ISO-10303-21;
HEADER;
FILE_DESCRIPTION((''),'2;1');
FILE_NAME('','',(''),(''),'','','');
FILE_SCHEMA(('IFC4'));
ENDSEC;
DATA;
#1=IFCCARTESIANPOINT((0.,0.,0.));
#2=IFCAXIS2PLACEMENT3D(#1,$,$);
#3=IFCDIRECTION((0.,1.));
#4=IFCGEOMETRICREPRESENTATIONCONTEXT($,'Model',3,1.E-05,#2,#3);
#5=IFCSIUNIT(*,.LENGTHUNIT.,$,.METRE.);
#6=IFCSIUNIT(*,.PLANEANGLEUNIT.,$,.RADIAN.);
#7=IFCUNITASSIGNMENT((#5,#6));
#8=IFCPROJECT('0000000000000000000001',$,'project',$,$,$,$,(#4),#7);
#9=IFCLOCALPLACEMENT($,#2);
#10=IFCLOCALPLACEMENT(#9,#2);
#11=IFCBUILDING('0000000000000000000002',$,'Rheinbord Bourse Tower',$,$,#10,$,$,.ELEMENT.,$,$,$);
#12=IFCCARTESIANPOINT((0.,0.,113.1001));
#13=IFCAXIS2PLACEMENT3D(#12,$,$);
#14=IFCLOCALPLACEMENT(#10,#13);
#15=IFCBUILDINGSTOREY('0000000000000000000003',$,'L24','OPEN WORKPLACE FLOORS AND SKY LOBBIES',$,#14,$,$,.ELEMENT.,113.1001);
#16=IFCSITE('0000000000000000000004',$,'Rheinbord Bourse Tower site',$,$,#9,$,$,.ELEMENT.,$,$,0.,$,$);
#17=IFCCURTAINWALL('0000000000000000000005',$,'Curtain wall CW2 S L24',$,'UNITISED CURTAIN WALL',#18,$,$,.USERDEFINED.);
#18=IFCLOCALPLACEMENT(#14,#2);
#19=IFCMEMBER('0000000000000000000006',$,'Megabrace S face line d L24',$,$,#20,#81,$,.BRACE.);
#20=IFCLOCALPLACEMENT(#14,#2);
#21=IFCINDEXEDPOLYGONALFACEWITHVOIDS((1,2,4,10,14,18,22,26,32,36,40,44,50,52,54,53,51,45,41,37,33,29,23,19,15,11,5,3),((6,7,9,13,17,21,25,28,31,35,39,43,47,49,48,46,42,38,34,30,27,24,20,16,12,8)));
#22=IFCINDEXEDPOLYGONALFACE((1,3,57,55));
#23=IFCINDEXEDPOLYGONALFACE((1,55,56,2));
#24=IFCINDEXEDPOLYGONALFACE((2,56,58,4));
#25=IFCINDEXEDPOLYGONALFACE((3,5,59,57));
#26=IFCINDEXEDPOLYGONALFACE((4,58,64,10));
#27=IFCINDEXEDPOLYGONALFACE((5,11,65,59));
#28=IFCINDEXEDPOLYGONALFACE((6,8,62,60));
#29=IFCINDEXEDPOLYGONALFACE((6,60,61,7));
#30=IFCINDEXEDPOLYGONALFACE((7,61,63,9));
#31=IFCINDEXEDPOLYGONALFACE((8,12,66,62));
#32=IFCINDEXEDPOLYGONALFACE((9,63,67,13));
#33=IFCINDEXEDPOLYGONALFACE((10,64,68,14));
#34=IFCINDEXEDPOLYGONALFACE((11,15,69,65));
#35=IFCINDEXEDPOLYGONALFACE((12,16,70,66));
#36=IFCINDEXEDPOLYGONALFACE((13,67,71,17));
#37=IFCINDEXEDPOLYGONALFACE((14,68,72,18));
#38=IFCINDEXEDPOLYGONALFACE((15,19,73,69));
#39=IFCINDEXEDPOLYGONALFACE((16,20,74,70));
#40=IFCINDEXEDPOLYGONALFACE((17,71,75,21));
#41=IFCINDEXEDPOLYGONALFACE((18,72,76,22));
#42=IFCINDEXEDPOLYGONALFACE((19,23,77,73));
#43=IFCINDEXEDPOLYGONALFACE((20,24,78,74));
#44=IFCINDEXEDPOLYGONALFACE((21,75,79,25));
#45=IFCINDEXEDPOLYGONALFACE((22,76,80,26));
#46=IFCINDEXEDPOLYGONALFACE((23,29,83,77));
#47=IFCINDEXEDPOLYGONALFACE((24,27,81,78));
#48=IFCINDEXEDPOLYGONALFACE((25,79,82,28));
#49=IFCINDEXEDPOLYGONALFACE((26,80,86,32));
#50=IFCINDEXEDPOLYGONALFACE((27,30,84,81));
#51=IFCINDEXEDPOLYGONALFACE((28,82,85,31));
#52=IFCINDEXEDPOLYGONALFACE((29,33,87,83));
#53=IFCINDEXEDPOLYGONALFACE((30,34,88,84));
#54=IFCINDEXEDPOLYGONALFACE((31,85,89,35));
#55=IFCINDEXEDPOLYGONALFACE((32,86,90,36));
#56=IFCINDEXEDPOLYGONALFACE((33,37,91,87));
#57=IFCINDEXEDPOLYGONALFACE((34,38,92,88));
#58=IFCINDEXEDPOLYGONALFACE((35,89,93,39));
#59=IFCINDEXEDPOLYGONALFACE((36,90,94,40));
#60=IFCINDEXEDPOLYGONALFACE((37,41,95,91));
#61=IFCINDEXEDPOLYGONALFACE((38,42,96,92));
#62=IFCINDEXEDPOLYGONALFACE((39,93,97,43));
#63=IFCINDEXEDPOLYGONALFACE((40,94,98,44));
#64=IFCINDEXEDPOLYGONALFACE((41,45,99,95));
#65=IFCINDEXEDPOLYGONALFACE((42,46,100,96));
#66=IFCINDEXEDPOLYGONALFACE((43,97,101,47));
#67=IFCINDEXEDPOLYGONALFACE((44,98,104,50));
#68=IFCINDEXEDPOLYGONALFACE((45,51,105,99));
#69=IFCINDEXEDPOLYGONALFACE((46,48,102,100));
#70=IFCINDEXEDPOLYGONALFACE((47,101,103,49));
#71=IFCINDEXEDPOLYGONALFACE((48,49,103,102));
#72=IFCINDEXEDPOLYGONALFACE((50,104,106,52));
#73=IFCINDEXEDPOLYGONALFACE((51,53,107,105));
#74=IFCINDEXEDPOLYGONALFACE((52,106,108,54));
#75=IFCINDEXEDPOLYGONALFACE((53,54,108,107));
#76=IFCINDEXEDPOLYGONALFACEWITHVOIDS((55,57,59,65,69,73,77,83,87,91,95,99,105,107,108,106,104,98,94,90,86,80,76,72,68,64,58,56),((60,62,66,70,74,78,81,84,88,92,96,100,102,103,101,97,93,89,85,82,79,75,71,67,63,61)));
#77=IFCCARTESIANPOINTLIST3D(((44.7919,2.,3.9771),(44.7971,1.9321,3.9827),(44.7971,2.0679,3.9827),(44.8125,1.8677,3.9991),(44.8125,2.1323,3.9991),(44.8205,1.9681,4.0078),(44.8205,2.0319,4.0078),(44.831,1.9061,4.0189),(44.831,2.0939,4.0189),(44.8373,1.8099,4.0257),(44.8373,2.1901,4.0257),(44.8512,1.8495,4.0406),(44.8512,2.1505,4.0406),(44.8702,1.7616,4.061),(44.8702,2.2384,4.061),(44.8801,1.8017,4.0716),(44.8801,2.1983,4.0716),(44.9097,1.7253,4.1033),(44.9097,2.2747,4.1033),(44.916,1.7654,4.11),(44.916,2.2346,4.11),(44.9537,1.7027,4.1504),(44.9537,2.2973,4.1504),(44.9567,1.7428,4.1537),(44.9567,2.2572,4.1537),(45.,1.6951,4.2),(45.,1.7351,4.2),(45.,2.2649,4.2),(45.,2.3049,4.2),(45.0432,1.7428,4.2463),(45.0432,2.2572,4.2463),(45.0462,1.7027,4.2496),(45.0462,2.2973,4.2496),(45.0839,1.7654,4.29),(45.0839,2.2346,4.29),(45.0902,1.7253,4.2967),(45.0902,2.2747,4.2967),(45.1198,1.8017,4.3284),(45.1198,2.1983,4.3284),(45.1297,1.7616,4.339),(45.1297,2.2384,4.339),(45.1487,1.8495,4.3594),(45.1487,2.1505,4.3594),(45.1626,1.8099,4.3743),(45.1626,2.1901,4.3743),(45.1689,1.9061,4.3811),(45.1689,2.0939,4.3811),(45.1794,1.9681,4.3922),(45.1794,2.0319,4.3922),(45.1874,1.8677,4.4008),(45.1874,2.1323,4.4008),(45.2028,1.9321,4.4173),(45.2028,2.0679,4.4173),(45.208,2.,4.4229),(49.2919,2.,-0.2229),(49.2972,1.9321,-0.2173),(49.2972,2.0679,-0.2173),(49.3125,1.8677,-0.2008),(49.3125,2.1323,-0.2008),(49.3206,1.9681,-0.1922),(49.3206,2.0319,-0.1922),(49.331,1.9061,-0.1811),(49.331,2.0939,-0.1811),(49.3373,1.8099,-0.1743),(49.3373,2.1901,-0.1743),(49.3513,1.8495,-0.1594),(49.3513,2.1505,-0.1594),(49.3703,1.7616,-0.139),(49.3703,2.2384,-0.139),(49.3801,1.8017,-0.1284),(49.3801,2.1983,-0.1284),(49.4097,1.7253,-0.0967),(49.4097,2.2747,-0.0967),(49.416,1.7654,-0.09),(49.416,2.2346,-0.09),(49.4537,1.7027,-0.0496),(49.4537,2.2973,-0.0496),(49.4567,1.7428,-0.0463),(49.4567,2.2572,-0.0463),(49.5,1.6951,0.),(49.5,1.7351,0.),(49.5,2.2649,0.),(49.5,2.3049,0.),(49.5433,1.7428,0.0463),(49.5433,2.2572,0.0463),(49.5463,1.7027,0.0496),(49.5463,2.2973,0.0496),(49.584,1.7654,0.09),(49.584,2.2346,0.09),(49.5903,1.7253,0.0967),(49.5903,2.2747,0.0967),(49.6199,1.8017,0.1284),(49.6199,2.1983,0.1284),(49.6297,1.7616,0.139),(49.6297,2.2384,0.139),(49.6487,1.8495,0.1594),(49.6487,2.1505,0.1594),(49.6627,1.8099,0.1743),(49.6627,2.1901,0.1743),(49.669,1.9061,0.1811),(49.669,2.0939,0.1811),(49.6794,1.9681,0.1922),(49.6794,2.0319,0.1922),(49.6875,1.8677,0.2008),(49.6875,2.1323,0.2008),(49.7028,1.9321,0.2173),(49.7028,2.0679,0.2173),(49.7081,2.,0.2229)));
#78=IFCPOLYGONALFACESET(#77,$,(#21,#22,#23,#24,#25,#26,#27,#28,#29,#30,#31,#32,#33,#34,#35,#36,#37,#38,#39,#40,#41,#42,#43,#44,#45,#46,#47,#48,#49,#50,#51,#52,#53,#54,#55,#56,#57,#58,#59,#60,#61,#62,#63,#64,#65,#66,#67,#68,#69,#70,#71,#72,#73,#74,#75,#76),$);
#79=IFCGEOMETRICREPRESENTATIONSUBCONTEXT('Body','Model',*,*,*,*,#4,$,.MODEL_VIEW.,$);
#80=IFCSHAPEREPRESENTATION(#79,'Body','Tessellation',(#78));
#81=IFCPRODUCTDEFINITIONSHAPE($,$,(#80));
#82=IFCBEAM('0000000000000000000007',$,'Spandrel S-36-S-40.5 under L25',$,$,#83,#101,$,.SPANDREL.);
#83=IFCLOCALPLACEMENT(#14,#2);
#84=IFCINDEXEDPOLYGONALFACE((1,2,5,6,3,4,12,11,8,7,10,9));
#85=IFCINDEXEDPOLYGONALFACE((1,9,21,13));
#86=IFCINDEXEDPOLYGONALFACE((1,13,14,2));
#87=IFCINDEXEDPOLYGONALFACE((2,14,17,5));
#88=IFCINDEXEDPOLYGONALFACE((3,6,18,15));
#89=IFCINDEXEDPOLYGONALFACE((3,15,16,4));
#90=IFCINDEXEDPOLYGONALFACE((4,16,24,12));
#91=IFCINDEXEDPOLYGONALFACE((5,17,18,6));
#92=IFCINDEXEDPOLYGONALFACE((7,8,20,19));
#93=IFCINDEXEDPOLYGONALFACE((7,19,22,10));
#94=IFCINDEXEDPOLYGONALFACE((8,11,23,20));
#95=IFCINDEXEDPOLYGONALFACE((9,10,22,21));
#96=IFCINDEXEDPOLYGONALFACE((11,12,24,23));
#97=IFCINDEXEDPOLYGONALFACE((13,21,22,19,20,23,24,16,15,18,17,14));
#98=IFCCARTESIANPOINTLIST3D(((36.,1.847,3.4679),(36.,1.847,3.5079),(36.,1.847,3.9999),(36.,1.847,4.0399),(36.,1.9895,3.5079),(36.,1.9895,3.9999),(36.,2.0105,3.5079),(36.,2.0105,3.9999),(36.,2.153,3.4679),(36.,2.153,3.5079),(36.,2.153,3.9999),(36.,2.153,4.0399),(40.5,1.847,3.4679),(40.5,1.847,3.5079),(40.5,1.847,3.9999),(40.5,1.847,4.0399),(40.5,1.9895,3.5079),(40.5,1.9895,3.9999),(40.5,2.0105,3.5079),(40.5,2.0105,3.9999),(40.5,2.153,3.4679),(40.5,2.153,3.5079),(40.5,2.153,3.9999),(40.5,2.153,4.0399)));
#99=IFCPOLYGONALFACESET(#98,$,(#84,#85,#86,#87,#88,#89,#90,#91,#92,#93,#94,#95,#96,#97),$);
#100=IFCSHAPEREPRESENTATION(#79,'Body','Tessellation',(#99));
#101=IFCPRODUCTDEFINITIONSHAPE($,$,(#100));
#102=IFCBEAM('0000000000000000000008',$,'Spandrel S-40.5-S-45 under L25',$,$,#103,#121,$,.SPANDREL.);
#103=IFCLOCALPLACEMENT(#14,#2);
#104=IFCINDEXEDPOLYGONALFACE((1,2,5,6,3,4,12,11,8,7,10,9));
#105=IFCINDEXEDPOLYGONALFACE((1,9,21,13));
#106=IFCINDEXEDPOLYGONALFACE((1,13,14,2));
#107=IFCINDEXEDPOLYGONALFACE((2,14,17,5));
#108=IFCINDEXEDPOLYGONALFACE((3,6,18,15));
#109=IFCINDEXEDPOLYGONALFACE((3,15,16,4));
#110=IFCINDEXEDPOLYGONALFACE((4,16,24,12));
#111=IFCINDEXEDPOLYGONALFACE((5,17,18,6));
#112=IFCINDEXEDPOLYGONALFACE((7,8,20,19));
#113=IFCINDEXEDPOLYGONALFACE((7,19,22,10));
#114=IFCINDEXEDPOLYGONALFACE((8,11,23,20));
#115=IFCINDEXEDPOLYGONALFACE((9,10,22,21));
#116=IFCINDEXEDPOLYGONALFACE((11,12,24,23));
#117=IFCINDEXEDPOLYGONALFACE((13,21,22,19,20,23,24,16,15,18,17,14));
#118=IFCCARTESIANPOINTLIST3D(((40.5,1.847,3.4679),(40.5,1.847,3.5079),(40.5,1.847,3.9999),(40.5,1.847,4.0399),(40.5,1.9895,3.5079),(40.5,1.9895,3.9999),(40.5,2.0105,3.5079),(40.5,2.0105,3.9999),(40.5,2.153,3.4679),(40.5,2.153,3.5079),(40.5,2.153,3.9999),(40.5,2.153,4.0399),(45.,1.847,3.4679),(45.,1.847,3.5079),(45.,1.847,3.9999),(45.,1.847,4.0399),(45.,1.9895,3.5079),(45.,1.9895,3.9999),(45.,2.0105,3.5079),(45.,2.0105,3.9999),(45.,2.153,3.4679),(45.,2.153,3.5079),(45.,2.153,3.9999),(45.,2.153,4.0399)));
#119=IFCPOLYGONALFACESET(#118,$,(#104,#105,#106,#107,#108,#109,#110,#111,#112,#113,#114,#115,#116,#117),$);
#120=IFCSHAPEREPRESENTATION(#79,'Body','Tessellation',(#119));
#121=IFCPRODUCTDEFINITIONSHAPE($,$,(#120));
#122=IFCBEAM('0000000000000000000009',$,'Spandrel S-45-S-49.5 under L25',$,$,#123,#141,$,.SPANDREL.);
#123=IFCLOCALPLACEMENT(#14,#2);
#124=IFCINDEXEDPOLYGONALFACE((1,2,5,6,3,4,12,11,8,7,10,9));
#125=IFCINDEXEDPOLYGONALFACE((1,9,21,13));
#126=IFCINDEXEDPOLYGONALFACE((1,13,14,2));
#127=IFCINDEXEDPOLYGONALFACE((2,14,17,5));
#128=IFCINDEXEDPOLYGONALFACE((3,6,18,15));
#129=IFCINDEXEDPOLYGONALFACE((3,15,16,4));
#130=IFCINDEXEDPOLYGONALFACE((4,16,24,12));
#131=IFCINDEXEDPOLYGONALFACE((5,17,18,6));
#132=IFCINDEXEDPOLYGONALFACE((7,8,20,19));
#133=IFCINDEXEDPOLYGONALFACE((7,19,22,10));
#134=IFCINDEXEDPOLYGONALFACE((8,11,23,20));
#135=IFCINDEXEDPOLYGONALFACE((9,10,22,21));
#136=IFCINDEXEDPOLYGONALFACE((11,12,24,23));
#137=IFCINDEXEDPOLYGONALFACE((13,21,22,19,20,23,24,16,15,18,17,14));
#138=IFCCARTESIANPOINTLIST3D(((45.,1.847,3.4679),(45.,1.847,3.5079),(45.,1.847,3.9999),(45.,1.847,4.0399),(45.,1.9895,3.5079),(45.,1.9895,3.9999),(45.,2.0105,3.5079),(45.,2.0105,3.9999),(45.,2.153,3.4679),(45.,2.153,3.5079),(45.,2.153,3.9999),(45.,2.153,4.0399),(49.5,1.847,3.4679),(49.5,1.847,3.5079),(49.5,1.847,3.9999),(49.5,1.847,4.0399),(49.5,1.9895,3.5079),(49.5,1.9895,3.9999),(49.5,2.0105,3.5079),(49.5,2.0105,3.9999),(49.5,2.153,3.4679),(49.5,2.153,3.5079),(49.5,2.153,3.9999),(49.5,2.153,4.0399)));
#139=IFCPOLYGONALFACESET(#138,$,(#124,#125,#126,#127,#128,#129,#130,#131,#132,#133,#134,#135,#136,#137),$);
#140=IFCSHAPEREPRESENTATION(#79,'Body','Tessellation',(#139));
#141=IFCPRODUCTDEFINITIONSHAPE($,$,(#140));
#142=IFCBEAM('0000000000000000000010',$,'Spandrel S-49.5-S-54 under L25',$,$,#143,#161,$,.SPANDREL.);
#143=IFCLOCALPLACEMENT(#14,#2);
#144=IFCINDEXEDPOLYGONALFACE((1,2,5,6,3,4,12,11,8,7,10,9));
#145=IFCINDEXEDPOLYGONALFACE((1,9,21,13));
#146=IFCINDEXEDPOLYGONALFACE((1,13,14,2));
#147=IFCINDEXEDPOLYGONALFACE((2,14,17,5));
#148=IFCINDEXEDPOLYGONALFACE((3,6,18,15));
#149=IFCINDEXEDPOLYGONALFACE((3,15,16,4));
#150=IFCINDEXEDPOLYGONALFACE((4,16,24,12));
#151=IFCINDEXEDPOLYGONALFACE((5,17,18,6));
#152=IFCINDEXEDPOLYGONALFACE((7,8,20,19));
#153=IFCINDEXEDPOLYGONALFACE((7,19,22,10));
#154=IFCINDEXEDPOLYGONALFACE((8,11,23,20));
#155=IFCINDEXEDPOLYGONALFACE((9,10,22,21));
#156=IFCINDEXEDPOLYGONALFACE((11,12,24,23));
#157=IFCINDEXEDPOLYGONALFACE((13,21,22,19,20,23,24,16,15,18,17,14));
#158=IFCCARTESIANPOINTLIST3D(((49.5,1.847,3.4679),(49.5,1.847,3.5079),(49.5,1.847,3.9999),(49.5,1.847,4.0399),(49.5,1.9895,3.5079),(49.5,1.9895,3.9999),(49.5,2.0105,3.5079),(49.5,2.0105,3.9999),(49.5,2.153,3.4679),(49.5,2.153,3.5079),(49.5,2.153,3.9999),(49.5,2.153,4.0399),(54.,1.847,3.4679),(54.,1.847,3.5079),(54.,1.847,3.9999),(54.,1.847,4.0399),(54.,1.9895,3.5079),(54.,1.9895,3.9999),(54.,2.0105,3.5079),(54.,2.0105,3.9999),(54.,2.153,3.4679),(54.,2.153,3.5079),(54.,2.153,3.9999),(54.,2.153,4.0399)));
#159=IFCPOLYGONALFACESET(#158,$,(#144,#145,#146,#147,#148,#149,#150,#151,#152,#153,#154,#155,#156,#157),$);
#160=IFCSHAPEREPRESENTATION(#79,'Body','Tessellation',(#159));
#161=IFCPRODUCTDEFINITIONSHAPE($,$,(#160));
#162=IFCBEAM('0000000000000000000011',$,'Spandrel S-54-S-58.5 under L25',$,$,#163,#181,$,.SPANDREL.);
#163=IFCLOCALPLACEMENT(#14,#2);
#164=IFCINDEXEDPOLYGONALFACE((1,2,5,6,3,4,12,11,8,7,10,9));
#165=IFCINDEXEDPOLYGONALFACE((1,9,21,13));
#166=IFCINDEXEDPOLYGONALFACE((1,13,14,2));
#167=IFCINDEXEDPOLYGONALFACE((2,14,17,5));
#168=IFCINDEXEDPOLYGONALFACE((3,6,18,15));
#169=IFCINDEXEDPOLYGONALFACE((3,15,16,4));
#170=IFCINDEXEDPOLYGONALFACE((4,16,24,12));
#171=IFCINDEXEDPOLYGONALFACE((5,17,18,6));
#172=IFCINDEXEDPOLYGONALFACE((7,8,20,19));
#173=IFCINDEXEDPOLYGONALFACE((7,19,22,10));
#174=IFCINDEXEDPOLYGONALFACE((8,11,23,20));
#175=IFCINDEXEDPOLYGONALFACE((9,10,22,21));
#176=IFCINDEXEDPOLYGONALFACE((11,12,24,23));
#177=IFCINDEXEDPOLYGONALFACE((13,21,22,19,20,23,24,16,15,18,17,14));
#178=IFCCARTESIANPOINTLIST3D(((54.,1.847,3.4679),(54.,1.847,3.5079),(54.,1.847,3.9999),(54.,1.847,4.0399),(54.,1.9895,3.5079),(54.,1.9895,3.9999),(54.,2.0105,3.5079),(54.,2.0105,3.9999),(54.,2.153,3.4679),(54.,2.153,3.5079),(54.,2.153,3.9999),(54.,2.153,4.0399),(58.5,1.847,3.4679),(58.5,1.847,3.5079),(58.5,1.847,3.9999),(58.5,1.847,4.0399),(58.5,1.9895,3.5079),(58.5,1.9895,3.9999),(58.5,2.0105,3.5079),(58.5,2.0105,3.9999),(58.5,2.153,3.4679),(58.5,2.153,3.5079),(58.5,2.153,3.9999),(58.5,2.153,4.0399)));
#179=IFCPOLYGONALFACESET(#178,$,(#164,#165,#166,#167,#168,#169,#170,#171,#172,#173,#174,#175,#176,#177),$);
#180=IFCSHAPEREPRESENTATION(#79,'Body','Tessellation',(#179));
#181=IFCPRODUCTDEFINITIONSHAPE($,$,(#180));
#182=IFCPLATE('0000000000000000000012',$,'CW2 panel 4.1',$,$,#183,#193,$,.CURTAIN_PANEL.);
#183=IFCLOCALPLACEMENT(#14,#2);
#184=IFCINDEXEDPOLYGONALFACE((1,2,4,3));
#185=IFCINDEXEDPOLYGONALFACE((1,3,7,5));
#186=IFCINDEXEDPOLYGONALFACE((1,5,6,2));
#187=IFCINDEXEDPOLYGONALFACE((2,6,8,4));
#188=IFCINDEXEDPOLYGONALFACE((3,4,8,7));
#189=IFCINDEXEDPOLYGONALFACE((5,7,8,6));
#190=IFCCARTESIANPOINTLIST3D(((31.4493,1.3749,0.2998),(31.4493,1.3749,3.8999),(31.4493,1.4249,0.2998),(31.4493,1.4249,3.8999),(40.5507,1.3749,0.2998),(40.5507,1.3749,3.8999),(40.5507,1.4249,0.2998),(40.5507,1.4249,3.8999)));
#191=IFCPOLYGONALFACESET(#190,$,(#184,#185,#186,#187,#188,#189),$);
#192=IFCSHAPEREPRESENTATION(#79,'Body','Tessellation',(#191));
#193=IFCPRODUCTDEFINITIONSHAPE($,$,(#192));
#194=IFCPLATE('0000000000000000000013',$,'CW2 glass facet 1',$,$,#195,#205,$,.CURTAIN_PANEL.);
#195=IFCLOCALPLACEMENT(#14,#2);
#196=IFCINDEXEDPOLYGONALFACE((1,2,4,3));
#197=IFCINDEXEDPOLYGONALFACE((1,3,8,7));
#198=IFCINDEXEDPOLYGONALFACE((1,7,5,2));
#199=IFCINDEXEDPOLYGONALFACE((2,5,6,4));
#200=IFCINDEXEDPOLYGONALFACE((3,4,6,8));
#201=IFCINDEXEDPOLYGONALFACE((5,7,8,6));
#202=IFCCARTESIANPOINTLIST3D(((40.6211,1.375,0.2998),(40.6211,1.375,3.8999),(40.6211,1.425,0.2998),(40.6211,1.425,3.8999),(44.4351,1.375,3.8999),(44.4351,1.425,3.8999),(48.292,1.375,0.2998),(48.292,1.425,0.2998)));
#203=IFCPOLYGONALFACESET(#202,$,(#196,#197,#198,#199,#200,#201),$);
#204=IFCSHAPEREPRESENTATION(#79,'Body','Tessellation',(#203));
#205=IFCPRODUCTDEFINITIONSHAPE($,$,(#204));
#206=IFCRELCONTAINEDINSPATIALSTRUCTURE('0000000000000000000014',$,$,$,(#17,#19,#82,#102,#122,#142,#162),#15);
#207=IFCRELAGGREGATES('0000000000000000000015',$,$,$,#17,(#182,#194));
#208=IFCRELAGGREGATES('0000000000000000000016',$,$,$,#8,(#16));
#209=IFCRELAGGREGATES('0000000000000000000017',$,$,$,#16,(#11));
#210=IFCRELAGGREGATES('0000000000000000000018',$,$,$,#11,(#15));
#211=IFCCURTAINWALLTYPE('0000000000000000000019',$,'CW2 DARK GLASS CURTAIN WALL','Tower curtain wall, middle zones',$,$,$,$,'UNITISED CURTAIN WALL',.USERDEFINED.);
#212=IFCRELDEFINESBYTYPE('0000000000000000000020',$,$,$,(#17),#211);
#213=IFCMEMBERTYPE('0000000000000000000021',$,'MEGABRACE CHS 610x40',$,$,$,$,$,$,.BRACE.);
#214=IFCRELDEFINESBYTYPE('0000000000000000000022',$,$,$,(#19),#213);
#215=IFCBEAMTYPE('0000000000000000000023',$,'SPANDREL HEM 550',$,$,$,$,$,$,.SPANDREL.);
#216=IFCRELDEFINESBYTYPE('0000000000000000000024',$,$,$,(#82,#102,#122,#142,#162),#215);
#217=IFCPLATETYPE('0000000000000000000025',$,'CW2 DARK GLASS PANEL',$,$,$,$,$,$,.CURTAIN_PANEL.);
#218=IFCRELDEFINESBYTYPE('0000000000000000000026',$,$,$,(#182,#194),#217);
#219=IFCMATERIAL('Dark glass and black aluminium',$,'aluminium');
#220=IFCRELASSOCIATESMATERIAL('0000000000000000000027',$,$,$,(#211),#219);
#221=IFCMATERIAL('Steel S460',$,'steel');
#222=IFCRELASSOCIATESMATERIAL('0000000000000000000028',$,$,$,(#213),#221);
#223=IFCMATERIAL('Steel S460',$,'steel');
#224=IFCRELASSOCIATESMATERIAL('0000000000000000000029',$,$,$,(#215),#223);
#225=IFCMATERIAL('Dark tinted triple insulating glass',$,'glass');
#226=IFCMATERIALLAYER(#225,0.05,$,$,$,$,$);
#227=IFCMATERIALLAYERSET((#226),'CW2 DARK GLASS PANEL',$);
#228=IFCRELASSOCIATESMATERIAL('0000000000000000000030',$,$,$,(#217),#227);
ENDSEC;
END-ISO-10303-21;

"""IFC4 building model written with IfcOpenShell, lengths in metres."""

from ifc_helpers import new_model, si_unit, direction, frame, origin, origin_2d, place, context, subcontext, project, spatial, polyline, rectangle, hollow_circle, i_section, outline, extrude, material, layer, layer_set, material_profile, profile_set, type_object, element, aggregate, save


model = new_model("IFC4")

# Units and contexts
model_context = context("Model", 3, precision=1e-05, world=origin(), true_north=direction((0.0, 1.0)))
body_context = subcontext(model_context, "Body", "Model", "MODEL_VIEW")
ifc_project = project(units=[si_unit("LENGTHUNIT", "METRE"), si_unit("PLANEANGLEUNIT", "RADIAN")], contexts=[model_context])

# Site, building, storey
site_placement = place(None, origin())
site = spatial("IfcSite", under=ifc_project, at=site_placement, Name="Rheinbord Bourse Tower site", CompositionType="ELEMENT", RefElevation=0.0)
building_placement = place(site_placement, origin())
building = spatial("IfcBuilding", under=site, at=building_placement, Name="Rheinbord Bourse Tower", CompositionType="ELEMENT")
storey_placement = place(building_placement, frame((0.0, 0.0, 113.1001)))
storey = spatial("IfcBuildingStorey", under=building, at=storey_placement, Name="L24", Description="OPEN WORKPLACE FLOORS AND SKY LOBBIES", CompositionType="ELEMENT", Elevation=113.1001)

# Curtain wall
ifc_material_1 = material(Name="Dark glass and black aluminium", Category="aluminium")
curtain_wall_type = type_object("IfcCurtainWallType", Name="CW2 DARK GLASS CURTAIN WALL", Description="Tower curtain wall, middle zones", ElementType="UNITISED CURTAIN WALL", PredefinedType="USERDEFINED", material=ifc_material_1)
curtain_wall_placement = place(storey_placement, origin())
curtain_wall = element("IfcCurtainWall", 1, at=curtain_wall_placement, inside=storey, type_object=curtain_wall_type, Name="Curtain wall CW2 S L24", ObjectType="UNITISED CURTAIN WALL", PredefinedType="USERDEFINED")

# Member
ifc_material_2 = material(Name="Steel S460", Category="steel")
ifc_material_profile_1 = material_profile(ifc_material_2, hollow_circle(Radius=0.3049, WallThickness=0.04, at=origin_2d()), Name="CHS 610x40")
ifc_profile_set_1 = profile_set([ifc_material_profile_1], Name="Steel S460")
member_type_1 = type_object("IfcMemberType", Name="MEGABRACE CHS 610x40", PredefinedType="BRACE", material=ifc_profile_set_1)
member_1_placement = place(storey_placement, frame((49.5, 2.0, 0.0), z_axis=(-0.731059, 0.0, 0.682314), x_axis=(0.0, -1.0, 0.0)))
element("IfcMember", 2, at=member_1_placement, inside=storey, type_object=member_type_1, Name="Megabrace S face line d L24", PredefinedType="BRACE", context=body_context, shape_type="SweptSolid", body=[
    extrude(hollow_circle(Radius=0.3049, WallThickness=0.04, at=origin_2d()), origin(), (0.0, 0.0, 1.0), 6.1555),
])

# Beams
ifc_material_3 = material(Name="Steel S460", Category="steel")
ifc_material_profile_2 = material_profile(ifc_material_3, i_section(OverallWidth=0.3059, OverallDepth=0.572, WebThickness=0.021, FlangeThickness=0.04, at=origin_2d()), Name="HEM 550")
ifc_profile_set_2 = profile_set([ifc_material_profile_2], Name="Steel S460")
beam_type_1 = type_object("IfcBeamType", Name="SPANDREL HEM 550", PredefinedType="SPANDREL", material=ifc_profile_set_2)
for number, where, z_axis, x_axis, name in (
    (3, (36.0, 2.0, 3.7539), (1.0, 0.0, 0.0), (0.0, 1.0, 0.0), "Spandrel S-36-S-40.5 under L25"),
    (4, (40.5, 2.0, 3.7539), (1.0, 0.0, 0.0), (0.0, 1.0, 0.0), "Spandrel S-40.5-S-45 under L25"),
    (5, (45.0, 2.0, 3.7539), (1.0, 0.0, 0.0), (0.0, 1.0, 0.0), "Spandrel S-45-S-49.5 under L25"),
    (6, (49.5, 2.0, 3.7539), (1.0, 0.0, 0.0), (0.0, 1.0, 0.0), "Spandrel S-49.5-S-54 under L25"),
    (7, (54.0, 2.0, 3.7539), (1.0, 0.0, 0.0), (0.0, 1.0, 0.0), "Spandrel S-54-S-58.5 under L25"),
):
    element("IfcBeam", number, at=place(storey_placement, frame(where, z_axis=z_axis, x_axis=x_axis)), inside=storey, type_object=beam_type_1, Name=name, PredefinedType="SPANDREL", context=body_context, shape_type="SweptSolid", body=[
        extrude(i_section(OverallWidth=0.3059, OverallDepth=0.572, WebThickness=0.021, FlangeThickness=0.04, at=origin_2d()), origin(), (0.0, 0.0, 1.0), 4.5),
    ])

# Plates
ifc_material_4 = material(Name="Dark tinted triple insulating glass", Category="glass")
ifc_layer = layer(ifc_material_4, 0.05)
ifc_layer_set = layer_set([ifc_layer], Name="CW2 DARK GLASS PANEL")
plate_type = type_object("IfcPlateType", Name="CW2 DARK GLASS PANEL", PredefinedType="CURTAIN_PANEL", material=ifc_layer_set)
plate_1_placement = place(storey_placement, frame((36.0, 1.3999, 0.2998), z_axis=(0.0, 0.0, 1.0), x_axis=(1.0, 0.0, 0.0)))
plate_1 = element("IfcPlate", 8, at=plate_1_placement, type_object=plate_type, Name="CW2 panel 4.1", PredefinedType="CURTAIN_PANEL", context=body_context, shape_type="SweptSolid", body=[
    extrude(rectangle(XDim=9.1013, YDim=0.05, at=origin_2d()), origin(), (0.0, 0.0, 1.0), 3.6001),
])
plate_2_placement = place(storey_placement, frame((40.6211, 1.375, 0.2998), z_axis=(0.0, 1.0, 0.0), x_axis=(0.0, 0.0, 1.0)))
plate_2 = element("IfcPlate", 9, at=plate_2_placement, type_object=plate_type, Name="CW2 glass facet 1", PredefinedType="CURTAIN_PANEL", context=body_context, shape_type="SweptSolid", body=[
    extrude(outline(polyline([(0.0, 0.0), (3.6001, 0.0), (3.6001, 3.814), (0.0, 7.6709), (0.0, 0.0)])), origin(), (0.0, 0.0, 1.0), 0.05),
])
aggregate(curtain_wall, [plate_1, plate_2])

save(model, "model.ifc")
